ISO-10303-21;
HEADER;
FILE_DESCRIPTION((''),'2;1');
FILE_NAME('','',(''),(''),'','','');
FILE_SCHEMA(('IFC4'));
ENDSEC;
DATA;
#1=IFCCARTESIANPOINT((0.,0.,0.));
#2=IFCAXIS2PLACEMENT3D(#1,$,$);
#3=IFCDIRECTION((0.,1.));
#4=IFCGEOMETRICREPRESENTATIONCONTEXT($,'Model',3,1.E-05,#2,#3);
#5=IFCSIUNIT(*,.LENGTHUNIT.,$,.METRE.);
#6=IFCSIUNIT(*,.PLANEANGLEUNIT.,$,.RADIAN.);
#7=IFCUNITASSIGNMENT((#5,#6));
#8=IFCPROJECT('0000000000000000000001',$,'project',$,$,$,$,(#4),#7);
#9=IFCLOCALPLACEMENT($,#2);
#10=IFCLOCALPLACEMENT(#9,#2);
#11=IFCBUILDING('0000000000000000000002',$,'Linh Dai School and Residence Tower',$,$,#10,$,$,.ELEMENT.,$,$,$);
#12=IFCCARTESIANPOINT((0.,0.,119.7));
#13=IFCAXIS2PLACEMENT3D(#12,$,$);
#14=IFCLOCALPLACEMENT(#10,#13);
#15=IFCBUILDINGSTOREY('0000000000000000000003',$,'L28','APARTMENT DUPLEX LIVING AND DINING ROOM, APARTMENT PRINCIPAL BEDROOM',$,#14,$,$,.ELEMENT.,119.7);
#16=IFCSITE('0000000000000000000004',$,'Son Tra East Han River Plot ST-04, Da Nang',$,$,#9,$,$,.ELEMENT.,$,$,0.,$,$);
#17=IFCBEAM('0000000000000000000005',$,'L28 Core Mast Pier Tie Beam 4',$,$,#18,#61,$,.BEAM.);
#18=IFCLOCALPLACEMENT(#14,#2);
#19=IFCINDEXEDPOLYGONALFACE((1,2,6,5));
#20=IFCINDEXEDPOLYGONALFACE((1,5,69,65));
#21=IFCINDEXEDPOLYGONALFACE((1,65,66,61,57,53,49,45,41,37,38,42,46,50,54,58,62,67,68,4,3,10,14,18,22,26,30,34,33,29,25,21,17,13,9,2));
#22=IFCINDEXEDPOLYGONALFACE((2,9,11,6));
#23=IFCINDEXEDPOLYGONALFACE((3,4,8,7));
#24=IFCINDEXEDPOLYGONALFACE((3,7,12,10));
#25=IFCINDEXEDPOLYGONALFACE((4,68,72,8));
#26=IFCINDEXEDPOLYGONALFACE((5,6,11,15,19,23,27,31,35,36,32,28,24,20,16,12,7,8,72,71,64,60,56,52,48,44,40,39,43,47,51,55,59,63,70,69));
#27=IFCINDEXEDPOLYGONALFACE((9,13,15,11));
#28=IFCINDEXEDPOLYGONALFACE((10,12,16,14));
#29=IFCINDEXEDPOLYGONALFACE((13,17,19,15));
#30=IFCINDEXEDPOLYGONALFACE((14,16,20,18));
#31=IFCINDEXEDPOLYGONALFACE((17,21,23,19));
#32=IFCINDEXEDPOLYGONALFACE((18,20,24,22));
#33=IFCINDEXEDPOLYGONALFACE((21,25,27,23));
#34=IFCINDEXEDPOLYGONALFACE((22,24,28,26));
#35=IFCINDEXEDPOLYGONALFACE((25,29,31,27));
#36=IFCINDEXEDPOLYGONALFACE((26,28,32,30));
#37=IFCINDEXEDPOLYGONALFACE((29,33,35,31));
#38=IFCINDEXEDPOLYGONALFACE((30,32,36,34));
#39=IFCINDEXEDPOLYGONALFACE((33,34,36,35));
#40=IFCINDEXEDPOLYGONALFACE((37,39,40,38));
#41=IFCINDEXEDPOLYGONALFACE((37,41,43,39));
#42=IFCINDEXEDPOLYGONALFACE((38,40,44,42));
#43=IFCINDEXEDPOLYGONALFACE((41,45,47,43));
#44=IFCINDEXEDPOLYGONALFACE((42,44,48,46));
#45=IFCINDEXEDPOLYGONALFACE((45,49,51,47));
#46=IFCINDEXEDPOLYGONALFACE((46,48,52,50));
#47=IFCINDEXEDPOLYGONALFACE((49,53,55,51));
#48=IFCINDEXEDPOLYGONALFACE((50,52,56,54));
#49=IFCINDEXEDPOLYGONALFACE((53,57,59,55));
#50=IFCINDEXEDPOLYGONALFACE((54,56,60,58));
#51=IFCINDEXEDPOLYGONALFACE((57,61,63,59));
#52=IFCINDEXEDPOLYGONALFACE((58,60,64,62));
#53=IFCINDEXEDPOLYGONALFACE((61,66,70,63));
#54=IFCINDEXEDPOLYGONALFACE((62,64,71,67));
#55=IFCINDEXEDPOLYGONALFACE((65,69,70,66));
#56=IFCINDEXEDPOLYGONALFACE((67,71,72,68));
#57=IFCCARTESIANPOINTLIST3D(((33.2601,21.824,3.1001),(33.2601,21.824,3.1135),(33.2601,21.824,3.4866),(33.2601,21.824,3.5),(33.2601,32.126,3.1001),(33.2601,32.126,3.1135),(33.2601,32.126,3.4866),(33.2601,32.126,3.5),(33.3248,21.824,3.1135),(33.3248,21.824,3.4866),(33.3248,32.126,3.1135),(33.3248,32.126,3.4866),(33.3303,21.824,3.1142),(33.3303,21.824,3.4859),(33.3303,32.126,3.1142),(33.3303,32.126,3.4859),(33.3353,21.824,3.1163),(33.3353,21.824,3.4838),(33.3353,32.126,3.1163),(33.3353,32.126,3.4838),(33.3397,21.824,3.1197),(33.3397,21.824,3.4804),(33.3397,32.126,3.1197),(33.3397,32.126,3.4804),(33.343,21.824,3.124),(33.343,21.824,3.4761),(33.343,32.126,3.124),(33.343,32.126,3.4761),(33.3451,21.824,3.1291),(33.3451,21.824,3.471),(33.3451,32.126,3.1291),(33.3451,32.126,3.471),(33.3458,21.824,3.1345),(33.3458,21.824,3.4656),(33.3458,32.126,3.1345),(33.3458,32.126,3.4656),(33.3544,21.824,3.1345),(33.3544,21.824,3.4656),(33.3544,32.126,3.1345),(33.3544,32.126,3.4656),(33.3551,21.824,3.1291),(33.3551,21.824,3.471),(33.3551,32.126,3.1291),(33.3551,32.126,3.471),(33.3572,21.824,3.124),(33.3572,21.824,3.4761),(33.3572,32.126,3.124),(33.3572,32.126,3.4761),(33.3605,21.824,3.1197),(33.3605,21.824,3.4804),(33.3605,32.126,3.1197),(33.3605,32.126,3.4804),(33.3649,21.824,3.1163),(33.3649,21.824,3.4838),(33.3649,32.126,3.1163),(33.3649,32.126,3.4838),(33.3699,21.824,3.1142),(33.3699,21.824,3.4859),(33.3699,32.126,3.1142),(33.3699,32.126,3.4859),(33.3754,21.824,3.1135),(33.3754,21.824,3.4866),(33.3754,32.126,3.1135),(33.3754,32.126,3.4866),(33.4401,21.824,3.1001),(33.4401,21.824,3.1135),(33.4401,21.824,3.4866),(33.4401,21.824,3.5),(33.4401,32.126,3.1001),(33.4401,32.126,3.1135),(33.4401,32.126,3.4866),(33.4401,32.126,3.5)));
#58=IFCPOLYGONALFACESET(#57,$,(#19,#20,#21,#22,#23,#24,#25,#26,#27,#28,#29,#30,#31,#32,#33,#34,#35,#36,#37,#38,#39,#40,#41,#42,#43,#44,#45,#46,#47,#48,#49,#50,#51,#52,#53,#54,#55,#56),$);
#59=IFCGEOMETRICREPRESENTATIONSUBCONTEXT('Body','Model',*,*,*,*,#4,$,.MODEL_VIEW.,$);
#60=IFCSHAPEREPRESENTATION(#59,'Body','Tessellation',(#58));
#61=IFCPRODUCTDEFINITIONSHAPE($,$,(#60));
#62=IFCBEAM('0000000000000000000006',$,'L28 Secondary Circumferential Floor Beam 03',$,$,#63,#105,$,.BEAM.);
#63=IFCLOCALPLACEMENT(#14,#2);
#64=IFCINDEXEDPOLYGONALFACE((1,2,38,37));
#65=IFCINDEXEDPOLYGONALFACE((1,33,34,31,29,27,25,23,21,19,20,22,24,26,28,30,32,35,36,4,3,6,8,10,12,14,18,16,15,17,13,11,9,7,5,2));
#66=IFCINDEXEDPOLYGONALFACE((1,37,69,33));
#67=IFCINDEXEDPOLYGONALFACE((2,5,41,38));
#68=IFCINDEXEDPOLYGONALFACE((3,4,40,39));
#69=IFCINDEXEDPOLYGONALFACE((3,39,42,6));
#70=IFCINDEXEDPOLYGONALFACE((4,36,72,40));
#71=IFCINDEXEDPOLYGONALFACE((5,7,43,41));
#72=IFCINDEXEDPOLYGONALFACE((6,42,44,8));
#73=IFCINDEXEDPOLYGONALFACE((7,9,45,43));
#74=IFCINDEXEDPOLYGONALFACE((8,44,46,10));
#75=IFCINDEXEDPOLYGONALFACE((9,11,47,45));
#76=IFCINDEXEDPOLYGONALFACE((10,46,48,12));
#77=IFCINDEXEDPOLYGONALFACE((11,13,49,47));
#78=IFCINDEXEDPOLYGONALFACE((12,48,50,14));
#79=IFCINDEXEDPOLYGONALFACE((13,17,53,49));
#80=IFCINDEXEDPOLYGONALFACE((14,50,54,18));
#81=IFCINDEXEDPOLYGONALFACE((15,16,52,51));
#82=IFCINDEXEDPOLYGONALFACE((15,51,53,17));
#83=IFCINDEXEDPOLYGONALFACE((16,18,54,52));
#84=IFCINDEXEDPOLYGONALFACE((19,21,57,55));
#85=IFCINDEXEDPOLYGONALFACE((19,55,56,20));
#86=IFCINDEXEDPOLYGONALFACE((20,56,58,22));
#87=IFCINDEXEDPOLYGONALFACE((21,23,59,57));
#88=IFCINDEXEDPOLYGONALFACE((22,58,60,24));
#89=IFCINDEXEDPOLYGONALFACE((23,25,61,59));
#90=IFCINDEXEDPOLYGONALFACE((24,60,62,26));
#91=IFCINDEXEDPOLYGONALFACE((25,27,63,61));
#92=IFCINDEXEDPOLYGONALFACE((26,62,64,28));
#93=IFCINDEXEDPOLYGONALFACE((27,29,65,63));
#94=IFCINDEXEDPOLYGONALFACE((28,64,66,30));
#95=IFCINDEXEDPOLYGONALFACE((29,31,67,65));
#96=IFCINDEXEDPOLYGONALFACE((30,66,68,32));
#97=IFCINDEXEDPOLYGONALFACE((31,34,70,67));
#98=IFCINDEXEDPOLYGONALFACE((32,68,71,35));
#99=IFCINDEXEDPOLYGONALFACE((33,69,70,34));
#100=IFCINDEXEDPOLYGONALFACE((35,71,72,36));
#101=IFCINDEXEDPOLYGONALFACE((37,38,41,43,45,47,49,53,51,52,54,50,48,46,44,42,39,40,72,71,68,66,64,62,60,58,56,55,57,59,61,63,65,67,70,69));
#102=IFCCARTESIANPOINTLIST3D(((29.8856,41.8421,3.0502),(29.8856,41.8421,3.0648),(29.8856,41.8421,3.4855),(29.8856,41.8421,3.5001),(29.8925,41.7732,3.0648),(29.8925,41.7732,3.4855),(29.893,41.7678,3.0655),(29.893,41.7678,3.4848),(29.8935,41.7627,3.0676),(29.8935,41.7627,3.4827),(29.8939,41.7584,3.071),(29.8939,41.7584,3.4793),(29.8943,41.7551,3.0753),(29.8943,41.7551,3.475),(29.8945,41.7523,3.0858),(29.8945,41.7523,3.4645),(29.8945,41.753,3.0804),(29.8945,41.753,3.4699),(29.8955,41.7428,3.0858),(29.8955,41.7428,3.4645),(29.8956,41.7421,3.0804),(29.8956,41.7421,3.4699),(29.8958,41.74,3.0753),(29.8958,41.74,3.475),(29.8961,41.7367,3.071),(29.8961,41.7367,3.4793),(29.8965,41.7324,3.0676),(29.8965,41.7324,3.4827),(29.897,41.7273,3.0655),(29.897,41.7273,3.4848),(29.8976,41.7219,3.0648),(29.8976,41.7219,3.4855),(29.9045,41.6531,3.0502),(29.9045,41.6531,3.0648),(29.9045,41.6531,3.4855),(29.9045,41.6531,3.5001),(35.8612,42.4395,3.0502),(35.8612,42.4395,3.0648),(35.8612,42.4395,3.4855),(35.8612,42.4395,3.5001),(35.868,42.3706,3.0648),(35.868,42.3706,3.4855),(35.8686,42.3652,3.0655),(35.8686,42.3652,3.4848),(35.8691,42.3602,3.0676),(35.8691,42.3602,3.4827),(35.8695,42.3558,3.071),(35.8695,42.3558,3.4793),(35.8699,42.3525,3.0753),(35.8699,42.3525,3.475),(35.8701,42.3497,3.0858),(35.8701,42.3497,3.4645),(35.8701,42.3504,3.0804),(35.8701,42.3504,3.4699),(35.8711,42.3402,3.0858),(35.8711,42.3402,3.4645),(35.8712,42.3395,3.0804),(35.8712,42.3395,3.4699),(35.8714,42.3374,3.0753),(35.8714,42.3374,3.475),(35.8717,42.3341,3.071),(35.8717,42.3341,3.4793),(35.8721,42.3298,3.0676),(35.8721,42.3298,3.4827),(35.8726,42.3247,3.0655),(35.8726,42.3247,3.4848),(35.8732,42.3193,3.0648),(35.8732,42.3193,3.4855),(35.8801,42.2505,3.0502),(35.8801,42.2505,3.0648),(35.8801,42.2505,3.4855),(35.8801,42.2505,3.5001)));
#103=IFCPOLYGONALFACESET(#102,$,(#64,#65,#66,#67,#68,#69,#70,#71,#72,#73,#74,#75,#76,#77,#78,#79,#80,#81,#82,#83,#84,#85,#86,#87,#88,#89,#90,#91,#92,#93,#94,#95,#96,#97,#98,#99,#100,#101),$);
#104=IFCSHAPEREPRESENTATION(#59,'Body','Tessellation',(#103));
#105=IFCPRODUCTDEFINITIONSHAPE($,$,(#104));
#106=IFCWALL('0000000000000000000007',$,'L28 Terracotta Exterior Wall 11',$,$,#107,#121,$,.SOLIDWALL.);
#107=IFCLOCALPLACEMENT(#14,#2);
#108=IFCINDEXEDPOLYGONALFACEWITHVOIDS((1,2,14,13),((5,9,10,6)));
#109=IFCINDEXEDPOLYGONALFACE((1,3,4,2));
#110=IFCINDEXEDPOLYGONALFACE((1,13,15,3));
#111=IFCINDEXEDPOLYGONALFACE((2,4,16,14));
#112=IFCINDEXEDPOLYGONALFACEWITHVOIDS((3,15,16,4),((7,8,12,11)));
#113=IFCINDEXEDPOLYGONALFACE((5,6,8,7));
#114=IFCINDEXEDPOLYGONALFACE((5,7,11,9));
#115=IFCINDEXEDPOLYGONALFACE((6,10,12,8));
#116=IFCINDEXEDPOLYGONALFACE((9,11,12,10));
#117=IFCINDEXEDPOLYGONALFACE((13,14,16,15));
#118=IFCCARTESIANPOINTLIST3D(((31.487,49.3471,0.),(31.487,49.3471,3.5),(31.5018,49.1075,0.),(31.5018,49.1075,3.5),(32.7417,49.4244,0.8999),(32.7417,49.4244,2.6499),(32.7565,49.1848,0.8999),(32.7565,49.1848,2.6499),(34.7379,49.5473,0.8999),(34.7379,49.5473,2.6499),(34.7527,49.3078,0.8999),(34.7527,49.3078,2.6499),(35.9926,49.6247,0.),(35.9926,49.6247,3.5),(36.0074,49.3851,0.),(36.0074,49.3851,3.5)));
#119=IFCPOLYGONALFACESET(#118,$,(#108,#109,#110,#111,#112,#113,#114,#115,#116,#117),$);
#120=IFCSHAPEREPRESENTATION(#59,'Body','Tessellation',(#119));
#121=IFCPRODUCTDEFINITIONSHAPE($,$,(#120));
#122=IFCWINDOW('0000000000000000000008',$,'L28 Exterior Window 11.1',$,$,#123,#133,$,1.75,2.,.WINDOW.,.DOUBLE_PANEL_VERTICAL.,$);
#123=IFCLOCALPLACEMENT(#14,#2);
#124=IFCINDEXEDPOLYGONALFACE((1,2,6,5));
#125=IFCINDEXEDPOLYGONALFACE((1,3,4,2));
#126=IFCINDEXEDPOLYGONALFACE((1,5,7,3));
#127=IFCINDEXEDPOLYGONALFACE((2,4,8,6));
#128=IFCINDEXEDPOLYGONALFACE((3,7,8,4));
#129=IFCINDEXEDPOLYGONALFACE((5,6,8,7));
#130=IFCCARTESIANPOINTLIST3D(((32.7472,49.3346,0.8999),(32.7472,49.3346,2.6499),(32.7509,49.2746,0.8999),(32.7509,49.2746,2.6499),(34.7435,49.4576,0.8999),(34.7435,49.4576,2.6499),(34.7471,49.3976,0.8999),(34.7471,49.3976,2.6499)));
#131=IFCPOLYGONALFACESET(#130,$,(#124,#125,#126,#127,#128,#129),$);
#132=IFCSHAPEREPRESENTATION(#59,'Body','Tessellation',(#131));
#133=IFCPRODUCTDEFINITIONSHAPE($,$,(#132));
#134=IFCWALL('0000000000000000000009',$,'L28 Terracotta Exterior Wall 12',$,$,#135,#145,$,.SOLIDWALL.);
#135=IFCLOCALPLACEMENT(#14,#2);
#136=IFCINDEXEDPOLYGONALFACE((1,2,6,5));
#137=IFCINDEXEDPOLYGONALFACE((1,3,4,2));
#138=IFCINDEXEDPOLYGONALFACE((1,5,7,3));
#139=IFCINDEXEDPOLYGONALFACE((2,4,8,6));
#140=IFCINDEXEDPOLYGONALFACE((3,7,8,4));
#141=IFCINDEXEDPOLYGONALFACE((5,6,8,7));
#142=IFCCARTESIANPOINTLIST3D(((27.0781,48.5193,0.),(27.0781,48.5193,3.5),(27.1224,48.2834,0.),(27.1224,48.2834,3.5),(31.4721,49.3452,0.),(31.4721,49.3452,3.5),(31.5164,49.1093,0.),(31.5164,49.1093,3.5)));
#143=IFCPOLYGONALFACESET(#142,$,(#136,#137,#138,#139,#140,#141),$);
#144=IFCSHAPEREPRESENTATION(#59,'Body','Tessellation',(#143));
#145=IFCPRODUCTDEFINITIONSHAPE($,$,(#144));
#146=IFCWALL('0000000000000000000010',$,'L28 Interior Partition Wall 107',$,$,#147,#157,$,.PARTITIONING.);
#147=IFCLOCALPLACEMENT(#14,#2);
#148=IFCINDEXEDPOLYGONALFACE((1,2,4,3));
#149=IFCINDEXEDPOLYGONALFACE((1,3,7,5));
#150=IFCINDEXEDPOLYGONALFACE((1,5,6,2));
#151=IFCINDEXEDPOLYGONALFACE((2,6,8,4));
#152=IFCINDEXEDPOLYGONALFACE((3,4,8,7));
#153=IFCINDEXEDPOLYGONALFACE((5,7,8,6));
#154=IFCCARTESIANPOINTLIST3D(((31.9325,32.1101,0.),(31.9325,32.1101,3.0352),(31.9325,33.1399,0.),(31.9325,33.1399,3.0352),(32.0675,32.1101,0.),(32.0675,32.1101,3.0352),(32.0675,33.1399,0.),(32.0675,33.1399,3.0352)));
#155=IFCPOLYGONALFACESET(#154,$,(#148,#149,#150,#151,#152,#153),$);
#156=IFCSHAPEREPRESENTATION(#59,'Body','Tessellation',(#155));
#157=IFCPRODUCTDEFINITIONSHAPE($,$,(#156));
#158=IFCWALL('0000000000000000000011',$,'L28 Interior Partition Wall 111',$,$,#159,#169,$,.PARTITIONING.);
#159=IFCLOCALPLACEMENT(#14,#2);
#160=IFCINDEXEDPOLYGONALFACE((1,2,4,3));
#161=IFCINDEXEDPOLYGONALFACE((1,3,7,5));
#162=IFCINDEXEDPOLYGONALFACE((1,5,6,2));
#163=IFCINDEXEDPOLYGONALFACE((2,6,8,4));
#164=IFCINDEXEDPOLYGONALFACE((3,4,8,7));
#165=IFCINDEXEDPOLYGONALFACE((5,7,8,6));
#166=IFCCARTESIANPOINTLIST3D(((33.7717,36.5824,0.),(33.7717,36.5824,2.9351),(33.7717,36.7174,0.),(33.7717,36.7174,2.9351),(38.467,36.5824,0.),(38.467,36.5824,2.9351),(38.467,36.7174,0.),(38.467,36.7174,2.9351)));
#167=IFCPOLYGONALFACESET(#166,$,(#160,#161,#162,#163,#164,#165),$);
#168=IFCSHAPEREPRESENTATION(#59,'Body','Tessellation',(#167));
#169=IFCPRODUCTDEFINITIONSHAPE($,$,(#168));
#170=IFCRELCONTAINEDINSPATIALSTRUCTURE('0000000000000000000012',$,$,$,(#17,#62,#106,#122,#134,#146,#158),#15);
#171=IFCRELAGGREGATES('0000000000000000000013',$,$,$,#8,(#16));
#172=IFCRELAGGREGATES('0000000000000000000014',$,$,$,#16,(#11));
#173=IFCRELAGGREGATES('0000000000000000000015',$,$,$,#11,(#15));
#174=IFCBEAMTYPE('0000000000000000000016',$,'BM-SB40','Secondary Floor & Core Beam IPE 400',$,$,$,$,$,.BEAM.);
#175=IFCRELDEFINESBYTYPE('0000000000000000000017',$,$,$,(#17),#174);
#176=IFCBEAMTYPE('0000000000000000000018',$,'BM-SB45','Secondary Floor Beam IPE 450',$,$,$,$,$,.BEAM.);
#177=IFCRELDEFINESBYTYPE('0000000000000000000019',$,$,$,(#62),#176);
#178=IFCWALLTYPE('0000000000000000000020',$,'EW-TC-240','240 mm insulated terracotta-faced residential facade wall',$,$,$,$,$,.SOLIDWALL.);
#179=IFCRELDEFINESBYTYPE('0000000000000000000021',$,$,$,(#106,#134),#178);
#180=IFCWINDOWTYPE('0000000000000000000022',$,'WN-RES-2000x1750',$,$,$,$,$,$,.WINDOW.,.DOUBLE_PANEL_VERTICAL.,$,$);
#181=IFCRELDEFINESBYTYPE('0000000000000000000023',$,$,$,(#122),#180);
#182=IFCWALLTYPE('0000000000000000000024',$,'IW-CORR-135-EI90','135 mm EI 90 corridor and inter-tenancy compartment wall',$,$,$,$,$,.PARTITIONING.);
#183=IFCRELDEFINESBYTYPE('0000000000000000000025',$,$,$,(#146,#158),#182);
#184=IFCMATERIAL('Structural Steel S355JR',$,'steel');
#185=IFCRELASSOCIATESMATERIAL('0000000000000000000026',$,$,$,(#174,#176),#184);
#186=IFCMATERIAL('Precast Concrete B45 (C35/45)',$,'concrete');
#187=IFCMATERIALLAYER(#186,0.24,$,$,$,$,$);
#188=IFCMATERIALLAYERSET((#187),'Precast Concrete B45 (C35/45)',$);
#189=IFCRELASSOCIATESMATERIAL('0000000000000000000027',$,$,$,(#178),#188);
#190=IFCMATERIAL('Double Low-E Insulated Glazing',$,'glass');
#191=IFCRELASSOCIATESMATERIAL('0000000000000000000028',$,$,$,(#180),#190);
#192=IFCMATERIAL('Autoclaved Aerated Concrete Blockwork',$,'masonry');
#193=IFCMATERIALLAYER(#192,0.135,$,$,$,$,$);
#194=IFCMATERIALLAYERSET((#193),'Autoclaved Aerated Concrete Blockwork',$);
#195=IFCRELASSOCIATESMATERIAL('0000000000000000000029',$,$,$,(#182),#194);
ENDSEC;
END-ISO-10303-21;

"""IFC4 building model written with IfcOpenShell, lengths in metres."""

from ifc_helpers import new_model, si_unit, direction, frame, frame_2d, origin, origin_2d, place, context, subcontext, project, spatial, rectangle, i_section, extrude, source, transform, mapped, material, layer, layer_set, material_profile, profile_set, type_object, element, fill, save


model = new_model("IFC4")

# Units and contexts
model_context = context("Model", 3, precision=1e-05, world=origin(), true_north=direction((0.0, 1.0)))
body_context = subcontext(model_context, "Body", "Model", "MODEL_VIEW")
ifc_project = project(units=[si_unit("LENGTHUNIT", "METRE"), si_unit("PLANEANGLEUNIT", "RADIAN")], contexts=[model_context])

# Site, building, storey
site_placement = place(None, origin())
site = spatial("IfcSite", under=ifc_project, at=site_placement, Name="Son Tra East Han River Plot ST-04, Da Nang", CompositionType="ELEMENT", RefElevation=0.0)
building_placement = place(site_placement, origin())
building = spatial("IfcBuilding", under=site, at=building_placement, Name="Linh Dai School and Residence Tower", CompositionType="ELEMENT")
storey_placement = place(building_placement, frame((0.0, 0.0, 119.7)))
storey = spatial("IfcBuildingStorey", under=building, at=storey_placement, Name="L28", Description="APARTMENT DUPLEX LIVING AND DINING ROOM, APARTMENT PRINCIPAL BEDROOM", CompositionType="ELEMENT", Elevation=119.7)

# Shared definitions
ifc_material_1 = material(Name="Structural Steel S355JR", Category="steel")

# Beams
ifc_material_profile_1 = material_profile(ifc_material_1, i_section(OverallWidth=0.1799, OverallDepth=0.3999, WebThickness=0.0085, FlangeThickness=0.0134, FilletRadius=0.021, at=origin_2d()), Name="IPE 400")
ifc_profile_set_1 = profile_set([ifc_material_profile_1], Name="Structural Steel S355JR")
beam_type_1 = type_object("IfcBeamType", Name="BM-SB40", Description="Secondary Floor & Core Beam IPE 400", PredefinedType="BEAM", material=ifc_profile_set_1)
beam_1_placement = place(storey_placement, frame((33.3501, 32.126, 3.3), z_axis=(0.0, -1.0, 0.0), x_axis=(1.0, 0.0, 0.0)))
element("IfcBeam", 1, at=beam_1_placement, inside=storey, type_object=beam_type_1, Name="L28 Core Mast Pier Tie Beam 4", PredefinedType="BEAM", context=body_context, shape_type="SweptSolid", body=[
    extrude(i_section(OverallWidth=0.1799, OverallDepth=0.3999, WebThickness=0.0085, FlangeThickness=0.0134, FilletRadius=0.021, at=origin_2d()), origin(), (0.0, 0.0, 1.0), 10.302),
])
ifc_material_profile_2 = material_profile(ifc_material_1, i_section(OverallWidth=0.1899, OverallDepth=0.45, WebThickness=0.0095, FlangeThickness=0.0146, FilletRadius=0.021, at=origin_2d()), Name="IPE 450")
ifc_profile_set_2 = profile_set([ifc_material_profile_2], Name="Structural Steel S355JR")
beam_type_2 = type_object("IfcBeamType", Name="BM-SB45", Description="Secondary Floor Beam IPE 450", PredefinedType="BEAM", material=ifc_profile_set_2)
beam_2_placement = place(storey_placement, frame((35.8706, 42.345, 3.2751), z_axis=(-0.99504, -0.09948, 0.0), x_axis=(0.09948, -0.99504, 0.0)))
element("IfcBeam", 2, at=beam_2_placement, inside=storey, type_object=beam_type_2, Name="L28 Secondary Circumferential Floor Beam 03", PredefinedType="BEAM", context=body_context, shape_type="SweptSolid", body=[
    extrude(i_section(OverallWidth=0.1899, OverallDepth=0.45, WebThickness=0.0095, FlangeThickness=0.0146, FilletRadius=0.021, at=origin_2d()), origin(), (0.0, 0.0, 1.0), 6.0054),
])

# Wall, opening, window
ifc_material_2 = material(Name="Precast Concrete B45 (C35/45)", Category="concrete")
ifc_layer_1 = layer(ifc_material_2, 0.24)
ifc_layer_set_1 = layer_set([ifc_layer_1], Name="Precast Concrete B45 (C35/45)")
wall_type_1 = type_object("IfcWallType", Name="EW-TC-240", Description="240 mm insulated terracotta-faced residential facade wall", PredefinedType="SOLIDWALL", material=ifc_layer_set_1)
wall_1_placement = place(storey_placement, frame((31.4944, 49.2273, 0.0), z_axis=(0.0, 0.0, 1.0), x_axis=(0.998108, 0.061493, 0.0)))
wall_1 = element("IfcWall", 3, at=wall_1_placement, inside=storey, type_object=wall_type_1, Name="L28 Terracotta Exterior Wall 11", PredefinedType="SOLIDWALL", context=body_context, shape_type="SweptSolid", body=[
    extrude(rectangle(XDim=4.5142, YDim=0.24, at=frame_2d((2.2571, 0.0))), origin(), (0.0, 0.0, 1.0), 3.5),
])
opening_1_placement = place(wall_1_placement, frame((1.2571, 0.0, 0.8999)))
opening_1 = element("IfcOpeningElement", 4, at=opening_1_placement, cuts=wall_1, PredefinedType="OPENING", context=body_context, shape_type="SweptSolid", body=[
    extrude(rectangle(XDim=2.0, YDim=1.75, at=origin_2d()), frame((1.0, 0.1299, 0.875), z_axis=(0.0, -1.0, 0.0), x_axis=(1.0, 0.0, 0.0)), (0.0, 0.0, 1.0), 0.26),
])
ifc_material_3 = material(Name="Double Low-E Insulated Glazing", Category="glass")
window_type = type_object("IfcWindowType", Name="WN-RES-2000x1750", PartitioningType="DOUBLE_PANEL_VERTICAL", PredefinedType="WINDOW", material=ifc_material_3)
shared_shape_1 = source(origin(), body_context, "Body", "SweptSolid", [
    extrude(rectangle(XDim=2.0, YDim=1.75, at=origin_2d()), frame((1.0, 0.03, 0.875), z_axis=(0.0, -1.0, 0.0), x_axis=(1.0, 0.0, 0.0)), (0.0, 0.0, 1.0), 0.0601),
])
window_placement = place(opening_1_placement, origin())
window = element("IfcWindow", 5, at=window_placement, inside=storey, type_object=window_type, Name="L28 Exterior Window 11.1", OverallHeight=1.75, OverallWidth=2.0, PartitioningType="DOUBLE_PANEL_VERTICAL", PredefinedType="WINDOW", context=body_context, shape_type="MappedRepresentation", body=[
    mapped(shared_shape_1, transform((0.0, 0.0, 0.0), x_axis=(1.0, 0.0, 0.0), y_axis=(0.0, 1.0, 0.0), z_axis=(0.0, 0.0, 1.0), scale=1.0)),
])
fill(opening_1, window)

# Walls
wall_2_placement = place(storey_placement, frame((27.1003, 48.4014, 0.0), z_axis=(0.0, 0.0, 1.0), x_axis=(0.982789, 0.18473, 0.0)))
element("IfcWall", 6, at=wall_2_placement, inside=storey, type_object=wall_type_1, Name="L28 Terracotta Exterior Wall 12", PredefinedType="SOLIDWALL", context=body_context, shape_type="SweptSolid", body=[
    extrude(rectangle(XDim=4.4709, YDim=0.24, at=frame_2d((2.2354, 0.0))), origin(), (0.0, 0.0, 1.0), 3.5),
])
ifc_material_4 = material(Name="Autoclaved Aerated Concrete Blockwork", Category="masonry")
ifc_layer_2 = layer(ifc_material_4, 0.135)
ifc_layer_set_2 = layer_set([ifc_layer_2], Name="Autoclaved Aerated Concrete Blockwork")
wall_type_2 = type_object("IfcWallType", Name="IW-CORR-135-EI90", Description="135 mm EI 90 corridor and inter-tenancy compartment wall", PredefinedType="PARTITIONING", material=ifc_layer_set_2)
wall_3_placement = place(storey_placement, frame((32.0, 33.1399, 0.0), z_axis=(0.0, 0.0, 1.0), x_axis=(0.0, -1.0, 0.0)))
element("IfcWall", 7, at=wall_3_placement, inside=storey, type_object=wall_type_2, Name="L28 Interior Partition Wall 107", PredefinedType="PARTITIONING", context=body_context, shape_type="SweptSolid", body=[
    extrude(rectangle(XDim=1.0298, YDim=0.135, at=frame_2d((0.5149, 0.0))), origin(), (0.0, 0.0, 1.0), 3.0352),
])
wall_4_placement = place(storey_placement, frame((33.7717, 36.6499, 0.0), z_axis=(0.0, 0.0, 1.0), x_axis=(1.0, 0.0, 0.0)))
element("IfcWall", 8, at=wall_4_placement, inside=storey, type_object=wall_type_2, Name="L28 Interior Partition Wall 111", PredefinedType="PARTITIONING", context=body_context, shape_type="SweptSolid", body=[
    extrude(rectangle(XDim=4.6953, YDim=0.135, at=frame_2d((2.3477, 0.0))), origin(), (0.0, 0.0, 1.0), 2.9351),
])

save(model, "model.ifc")
